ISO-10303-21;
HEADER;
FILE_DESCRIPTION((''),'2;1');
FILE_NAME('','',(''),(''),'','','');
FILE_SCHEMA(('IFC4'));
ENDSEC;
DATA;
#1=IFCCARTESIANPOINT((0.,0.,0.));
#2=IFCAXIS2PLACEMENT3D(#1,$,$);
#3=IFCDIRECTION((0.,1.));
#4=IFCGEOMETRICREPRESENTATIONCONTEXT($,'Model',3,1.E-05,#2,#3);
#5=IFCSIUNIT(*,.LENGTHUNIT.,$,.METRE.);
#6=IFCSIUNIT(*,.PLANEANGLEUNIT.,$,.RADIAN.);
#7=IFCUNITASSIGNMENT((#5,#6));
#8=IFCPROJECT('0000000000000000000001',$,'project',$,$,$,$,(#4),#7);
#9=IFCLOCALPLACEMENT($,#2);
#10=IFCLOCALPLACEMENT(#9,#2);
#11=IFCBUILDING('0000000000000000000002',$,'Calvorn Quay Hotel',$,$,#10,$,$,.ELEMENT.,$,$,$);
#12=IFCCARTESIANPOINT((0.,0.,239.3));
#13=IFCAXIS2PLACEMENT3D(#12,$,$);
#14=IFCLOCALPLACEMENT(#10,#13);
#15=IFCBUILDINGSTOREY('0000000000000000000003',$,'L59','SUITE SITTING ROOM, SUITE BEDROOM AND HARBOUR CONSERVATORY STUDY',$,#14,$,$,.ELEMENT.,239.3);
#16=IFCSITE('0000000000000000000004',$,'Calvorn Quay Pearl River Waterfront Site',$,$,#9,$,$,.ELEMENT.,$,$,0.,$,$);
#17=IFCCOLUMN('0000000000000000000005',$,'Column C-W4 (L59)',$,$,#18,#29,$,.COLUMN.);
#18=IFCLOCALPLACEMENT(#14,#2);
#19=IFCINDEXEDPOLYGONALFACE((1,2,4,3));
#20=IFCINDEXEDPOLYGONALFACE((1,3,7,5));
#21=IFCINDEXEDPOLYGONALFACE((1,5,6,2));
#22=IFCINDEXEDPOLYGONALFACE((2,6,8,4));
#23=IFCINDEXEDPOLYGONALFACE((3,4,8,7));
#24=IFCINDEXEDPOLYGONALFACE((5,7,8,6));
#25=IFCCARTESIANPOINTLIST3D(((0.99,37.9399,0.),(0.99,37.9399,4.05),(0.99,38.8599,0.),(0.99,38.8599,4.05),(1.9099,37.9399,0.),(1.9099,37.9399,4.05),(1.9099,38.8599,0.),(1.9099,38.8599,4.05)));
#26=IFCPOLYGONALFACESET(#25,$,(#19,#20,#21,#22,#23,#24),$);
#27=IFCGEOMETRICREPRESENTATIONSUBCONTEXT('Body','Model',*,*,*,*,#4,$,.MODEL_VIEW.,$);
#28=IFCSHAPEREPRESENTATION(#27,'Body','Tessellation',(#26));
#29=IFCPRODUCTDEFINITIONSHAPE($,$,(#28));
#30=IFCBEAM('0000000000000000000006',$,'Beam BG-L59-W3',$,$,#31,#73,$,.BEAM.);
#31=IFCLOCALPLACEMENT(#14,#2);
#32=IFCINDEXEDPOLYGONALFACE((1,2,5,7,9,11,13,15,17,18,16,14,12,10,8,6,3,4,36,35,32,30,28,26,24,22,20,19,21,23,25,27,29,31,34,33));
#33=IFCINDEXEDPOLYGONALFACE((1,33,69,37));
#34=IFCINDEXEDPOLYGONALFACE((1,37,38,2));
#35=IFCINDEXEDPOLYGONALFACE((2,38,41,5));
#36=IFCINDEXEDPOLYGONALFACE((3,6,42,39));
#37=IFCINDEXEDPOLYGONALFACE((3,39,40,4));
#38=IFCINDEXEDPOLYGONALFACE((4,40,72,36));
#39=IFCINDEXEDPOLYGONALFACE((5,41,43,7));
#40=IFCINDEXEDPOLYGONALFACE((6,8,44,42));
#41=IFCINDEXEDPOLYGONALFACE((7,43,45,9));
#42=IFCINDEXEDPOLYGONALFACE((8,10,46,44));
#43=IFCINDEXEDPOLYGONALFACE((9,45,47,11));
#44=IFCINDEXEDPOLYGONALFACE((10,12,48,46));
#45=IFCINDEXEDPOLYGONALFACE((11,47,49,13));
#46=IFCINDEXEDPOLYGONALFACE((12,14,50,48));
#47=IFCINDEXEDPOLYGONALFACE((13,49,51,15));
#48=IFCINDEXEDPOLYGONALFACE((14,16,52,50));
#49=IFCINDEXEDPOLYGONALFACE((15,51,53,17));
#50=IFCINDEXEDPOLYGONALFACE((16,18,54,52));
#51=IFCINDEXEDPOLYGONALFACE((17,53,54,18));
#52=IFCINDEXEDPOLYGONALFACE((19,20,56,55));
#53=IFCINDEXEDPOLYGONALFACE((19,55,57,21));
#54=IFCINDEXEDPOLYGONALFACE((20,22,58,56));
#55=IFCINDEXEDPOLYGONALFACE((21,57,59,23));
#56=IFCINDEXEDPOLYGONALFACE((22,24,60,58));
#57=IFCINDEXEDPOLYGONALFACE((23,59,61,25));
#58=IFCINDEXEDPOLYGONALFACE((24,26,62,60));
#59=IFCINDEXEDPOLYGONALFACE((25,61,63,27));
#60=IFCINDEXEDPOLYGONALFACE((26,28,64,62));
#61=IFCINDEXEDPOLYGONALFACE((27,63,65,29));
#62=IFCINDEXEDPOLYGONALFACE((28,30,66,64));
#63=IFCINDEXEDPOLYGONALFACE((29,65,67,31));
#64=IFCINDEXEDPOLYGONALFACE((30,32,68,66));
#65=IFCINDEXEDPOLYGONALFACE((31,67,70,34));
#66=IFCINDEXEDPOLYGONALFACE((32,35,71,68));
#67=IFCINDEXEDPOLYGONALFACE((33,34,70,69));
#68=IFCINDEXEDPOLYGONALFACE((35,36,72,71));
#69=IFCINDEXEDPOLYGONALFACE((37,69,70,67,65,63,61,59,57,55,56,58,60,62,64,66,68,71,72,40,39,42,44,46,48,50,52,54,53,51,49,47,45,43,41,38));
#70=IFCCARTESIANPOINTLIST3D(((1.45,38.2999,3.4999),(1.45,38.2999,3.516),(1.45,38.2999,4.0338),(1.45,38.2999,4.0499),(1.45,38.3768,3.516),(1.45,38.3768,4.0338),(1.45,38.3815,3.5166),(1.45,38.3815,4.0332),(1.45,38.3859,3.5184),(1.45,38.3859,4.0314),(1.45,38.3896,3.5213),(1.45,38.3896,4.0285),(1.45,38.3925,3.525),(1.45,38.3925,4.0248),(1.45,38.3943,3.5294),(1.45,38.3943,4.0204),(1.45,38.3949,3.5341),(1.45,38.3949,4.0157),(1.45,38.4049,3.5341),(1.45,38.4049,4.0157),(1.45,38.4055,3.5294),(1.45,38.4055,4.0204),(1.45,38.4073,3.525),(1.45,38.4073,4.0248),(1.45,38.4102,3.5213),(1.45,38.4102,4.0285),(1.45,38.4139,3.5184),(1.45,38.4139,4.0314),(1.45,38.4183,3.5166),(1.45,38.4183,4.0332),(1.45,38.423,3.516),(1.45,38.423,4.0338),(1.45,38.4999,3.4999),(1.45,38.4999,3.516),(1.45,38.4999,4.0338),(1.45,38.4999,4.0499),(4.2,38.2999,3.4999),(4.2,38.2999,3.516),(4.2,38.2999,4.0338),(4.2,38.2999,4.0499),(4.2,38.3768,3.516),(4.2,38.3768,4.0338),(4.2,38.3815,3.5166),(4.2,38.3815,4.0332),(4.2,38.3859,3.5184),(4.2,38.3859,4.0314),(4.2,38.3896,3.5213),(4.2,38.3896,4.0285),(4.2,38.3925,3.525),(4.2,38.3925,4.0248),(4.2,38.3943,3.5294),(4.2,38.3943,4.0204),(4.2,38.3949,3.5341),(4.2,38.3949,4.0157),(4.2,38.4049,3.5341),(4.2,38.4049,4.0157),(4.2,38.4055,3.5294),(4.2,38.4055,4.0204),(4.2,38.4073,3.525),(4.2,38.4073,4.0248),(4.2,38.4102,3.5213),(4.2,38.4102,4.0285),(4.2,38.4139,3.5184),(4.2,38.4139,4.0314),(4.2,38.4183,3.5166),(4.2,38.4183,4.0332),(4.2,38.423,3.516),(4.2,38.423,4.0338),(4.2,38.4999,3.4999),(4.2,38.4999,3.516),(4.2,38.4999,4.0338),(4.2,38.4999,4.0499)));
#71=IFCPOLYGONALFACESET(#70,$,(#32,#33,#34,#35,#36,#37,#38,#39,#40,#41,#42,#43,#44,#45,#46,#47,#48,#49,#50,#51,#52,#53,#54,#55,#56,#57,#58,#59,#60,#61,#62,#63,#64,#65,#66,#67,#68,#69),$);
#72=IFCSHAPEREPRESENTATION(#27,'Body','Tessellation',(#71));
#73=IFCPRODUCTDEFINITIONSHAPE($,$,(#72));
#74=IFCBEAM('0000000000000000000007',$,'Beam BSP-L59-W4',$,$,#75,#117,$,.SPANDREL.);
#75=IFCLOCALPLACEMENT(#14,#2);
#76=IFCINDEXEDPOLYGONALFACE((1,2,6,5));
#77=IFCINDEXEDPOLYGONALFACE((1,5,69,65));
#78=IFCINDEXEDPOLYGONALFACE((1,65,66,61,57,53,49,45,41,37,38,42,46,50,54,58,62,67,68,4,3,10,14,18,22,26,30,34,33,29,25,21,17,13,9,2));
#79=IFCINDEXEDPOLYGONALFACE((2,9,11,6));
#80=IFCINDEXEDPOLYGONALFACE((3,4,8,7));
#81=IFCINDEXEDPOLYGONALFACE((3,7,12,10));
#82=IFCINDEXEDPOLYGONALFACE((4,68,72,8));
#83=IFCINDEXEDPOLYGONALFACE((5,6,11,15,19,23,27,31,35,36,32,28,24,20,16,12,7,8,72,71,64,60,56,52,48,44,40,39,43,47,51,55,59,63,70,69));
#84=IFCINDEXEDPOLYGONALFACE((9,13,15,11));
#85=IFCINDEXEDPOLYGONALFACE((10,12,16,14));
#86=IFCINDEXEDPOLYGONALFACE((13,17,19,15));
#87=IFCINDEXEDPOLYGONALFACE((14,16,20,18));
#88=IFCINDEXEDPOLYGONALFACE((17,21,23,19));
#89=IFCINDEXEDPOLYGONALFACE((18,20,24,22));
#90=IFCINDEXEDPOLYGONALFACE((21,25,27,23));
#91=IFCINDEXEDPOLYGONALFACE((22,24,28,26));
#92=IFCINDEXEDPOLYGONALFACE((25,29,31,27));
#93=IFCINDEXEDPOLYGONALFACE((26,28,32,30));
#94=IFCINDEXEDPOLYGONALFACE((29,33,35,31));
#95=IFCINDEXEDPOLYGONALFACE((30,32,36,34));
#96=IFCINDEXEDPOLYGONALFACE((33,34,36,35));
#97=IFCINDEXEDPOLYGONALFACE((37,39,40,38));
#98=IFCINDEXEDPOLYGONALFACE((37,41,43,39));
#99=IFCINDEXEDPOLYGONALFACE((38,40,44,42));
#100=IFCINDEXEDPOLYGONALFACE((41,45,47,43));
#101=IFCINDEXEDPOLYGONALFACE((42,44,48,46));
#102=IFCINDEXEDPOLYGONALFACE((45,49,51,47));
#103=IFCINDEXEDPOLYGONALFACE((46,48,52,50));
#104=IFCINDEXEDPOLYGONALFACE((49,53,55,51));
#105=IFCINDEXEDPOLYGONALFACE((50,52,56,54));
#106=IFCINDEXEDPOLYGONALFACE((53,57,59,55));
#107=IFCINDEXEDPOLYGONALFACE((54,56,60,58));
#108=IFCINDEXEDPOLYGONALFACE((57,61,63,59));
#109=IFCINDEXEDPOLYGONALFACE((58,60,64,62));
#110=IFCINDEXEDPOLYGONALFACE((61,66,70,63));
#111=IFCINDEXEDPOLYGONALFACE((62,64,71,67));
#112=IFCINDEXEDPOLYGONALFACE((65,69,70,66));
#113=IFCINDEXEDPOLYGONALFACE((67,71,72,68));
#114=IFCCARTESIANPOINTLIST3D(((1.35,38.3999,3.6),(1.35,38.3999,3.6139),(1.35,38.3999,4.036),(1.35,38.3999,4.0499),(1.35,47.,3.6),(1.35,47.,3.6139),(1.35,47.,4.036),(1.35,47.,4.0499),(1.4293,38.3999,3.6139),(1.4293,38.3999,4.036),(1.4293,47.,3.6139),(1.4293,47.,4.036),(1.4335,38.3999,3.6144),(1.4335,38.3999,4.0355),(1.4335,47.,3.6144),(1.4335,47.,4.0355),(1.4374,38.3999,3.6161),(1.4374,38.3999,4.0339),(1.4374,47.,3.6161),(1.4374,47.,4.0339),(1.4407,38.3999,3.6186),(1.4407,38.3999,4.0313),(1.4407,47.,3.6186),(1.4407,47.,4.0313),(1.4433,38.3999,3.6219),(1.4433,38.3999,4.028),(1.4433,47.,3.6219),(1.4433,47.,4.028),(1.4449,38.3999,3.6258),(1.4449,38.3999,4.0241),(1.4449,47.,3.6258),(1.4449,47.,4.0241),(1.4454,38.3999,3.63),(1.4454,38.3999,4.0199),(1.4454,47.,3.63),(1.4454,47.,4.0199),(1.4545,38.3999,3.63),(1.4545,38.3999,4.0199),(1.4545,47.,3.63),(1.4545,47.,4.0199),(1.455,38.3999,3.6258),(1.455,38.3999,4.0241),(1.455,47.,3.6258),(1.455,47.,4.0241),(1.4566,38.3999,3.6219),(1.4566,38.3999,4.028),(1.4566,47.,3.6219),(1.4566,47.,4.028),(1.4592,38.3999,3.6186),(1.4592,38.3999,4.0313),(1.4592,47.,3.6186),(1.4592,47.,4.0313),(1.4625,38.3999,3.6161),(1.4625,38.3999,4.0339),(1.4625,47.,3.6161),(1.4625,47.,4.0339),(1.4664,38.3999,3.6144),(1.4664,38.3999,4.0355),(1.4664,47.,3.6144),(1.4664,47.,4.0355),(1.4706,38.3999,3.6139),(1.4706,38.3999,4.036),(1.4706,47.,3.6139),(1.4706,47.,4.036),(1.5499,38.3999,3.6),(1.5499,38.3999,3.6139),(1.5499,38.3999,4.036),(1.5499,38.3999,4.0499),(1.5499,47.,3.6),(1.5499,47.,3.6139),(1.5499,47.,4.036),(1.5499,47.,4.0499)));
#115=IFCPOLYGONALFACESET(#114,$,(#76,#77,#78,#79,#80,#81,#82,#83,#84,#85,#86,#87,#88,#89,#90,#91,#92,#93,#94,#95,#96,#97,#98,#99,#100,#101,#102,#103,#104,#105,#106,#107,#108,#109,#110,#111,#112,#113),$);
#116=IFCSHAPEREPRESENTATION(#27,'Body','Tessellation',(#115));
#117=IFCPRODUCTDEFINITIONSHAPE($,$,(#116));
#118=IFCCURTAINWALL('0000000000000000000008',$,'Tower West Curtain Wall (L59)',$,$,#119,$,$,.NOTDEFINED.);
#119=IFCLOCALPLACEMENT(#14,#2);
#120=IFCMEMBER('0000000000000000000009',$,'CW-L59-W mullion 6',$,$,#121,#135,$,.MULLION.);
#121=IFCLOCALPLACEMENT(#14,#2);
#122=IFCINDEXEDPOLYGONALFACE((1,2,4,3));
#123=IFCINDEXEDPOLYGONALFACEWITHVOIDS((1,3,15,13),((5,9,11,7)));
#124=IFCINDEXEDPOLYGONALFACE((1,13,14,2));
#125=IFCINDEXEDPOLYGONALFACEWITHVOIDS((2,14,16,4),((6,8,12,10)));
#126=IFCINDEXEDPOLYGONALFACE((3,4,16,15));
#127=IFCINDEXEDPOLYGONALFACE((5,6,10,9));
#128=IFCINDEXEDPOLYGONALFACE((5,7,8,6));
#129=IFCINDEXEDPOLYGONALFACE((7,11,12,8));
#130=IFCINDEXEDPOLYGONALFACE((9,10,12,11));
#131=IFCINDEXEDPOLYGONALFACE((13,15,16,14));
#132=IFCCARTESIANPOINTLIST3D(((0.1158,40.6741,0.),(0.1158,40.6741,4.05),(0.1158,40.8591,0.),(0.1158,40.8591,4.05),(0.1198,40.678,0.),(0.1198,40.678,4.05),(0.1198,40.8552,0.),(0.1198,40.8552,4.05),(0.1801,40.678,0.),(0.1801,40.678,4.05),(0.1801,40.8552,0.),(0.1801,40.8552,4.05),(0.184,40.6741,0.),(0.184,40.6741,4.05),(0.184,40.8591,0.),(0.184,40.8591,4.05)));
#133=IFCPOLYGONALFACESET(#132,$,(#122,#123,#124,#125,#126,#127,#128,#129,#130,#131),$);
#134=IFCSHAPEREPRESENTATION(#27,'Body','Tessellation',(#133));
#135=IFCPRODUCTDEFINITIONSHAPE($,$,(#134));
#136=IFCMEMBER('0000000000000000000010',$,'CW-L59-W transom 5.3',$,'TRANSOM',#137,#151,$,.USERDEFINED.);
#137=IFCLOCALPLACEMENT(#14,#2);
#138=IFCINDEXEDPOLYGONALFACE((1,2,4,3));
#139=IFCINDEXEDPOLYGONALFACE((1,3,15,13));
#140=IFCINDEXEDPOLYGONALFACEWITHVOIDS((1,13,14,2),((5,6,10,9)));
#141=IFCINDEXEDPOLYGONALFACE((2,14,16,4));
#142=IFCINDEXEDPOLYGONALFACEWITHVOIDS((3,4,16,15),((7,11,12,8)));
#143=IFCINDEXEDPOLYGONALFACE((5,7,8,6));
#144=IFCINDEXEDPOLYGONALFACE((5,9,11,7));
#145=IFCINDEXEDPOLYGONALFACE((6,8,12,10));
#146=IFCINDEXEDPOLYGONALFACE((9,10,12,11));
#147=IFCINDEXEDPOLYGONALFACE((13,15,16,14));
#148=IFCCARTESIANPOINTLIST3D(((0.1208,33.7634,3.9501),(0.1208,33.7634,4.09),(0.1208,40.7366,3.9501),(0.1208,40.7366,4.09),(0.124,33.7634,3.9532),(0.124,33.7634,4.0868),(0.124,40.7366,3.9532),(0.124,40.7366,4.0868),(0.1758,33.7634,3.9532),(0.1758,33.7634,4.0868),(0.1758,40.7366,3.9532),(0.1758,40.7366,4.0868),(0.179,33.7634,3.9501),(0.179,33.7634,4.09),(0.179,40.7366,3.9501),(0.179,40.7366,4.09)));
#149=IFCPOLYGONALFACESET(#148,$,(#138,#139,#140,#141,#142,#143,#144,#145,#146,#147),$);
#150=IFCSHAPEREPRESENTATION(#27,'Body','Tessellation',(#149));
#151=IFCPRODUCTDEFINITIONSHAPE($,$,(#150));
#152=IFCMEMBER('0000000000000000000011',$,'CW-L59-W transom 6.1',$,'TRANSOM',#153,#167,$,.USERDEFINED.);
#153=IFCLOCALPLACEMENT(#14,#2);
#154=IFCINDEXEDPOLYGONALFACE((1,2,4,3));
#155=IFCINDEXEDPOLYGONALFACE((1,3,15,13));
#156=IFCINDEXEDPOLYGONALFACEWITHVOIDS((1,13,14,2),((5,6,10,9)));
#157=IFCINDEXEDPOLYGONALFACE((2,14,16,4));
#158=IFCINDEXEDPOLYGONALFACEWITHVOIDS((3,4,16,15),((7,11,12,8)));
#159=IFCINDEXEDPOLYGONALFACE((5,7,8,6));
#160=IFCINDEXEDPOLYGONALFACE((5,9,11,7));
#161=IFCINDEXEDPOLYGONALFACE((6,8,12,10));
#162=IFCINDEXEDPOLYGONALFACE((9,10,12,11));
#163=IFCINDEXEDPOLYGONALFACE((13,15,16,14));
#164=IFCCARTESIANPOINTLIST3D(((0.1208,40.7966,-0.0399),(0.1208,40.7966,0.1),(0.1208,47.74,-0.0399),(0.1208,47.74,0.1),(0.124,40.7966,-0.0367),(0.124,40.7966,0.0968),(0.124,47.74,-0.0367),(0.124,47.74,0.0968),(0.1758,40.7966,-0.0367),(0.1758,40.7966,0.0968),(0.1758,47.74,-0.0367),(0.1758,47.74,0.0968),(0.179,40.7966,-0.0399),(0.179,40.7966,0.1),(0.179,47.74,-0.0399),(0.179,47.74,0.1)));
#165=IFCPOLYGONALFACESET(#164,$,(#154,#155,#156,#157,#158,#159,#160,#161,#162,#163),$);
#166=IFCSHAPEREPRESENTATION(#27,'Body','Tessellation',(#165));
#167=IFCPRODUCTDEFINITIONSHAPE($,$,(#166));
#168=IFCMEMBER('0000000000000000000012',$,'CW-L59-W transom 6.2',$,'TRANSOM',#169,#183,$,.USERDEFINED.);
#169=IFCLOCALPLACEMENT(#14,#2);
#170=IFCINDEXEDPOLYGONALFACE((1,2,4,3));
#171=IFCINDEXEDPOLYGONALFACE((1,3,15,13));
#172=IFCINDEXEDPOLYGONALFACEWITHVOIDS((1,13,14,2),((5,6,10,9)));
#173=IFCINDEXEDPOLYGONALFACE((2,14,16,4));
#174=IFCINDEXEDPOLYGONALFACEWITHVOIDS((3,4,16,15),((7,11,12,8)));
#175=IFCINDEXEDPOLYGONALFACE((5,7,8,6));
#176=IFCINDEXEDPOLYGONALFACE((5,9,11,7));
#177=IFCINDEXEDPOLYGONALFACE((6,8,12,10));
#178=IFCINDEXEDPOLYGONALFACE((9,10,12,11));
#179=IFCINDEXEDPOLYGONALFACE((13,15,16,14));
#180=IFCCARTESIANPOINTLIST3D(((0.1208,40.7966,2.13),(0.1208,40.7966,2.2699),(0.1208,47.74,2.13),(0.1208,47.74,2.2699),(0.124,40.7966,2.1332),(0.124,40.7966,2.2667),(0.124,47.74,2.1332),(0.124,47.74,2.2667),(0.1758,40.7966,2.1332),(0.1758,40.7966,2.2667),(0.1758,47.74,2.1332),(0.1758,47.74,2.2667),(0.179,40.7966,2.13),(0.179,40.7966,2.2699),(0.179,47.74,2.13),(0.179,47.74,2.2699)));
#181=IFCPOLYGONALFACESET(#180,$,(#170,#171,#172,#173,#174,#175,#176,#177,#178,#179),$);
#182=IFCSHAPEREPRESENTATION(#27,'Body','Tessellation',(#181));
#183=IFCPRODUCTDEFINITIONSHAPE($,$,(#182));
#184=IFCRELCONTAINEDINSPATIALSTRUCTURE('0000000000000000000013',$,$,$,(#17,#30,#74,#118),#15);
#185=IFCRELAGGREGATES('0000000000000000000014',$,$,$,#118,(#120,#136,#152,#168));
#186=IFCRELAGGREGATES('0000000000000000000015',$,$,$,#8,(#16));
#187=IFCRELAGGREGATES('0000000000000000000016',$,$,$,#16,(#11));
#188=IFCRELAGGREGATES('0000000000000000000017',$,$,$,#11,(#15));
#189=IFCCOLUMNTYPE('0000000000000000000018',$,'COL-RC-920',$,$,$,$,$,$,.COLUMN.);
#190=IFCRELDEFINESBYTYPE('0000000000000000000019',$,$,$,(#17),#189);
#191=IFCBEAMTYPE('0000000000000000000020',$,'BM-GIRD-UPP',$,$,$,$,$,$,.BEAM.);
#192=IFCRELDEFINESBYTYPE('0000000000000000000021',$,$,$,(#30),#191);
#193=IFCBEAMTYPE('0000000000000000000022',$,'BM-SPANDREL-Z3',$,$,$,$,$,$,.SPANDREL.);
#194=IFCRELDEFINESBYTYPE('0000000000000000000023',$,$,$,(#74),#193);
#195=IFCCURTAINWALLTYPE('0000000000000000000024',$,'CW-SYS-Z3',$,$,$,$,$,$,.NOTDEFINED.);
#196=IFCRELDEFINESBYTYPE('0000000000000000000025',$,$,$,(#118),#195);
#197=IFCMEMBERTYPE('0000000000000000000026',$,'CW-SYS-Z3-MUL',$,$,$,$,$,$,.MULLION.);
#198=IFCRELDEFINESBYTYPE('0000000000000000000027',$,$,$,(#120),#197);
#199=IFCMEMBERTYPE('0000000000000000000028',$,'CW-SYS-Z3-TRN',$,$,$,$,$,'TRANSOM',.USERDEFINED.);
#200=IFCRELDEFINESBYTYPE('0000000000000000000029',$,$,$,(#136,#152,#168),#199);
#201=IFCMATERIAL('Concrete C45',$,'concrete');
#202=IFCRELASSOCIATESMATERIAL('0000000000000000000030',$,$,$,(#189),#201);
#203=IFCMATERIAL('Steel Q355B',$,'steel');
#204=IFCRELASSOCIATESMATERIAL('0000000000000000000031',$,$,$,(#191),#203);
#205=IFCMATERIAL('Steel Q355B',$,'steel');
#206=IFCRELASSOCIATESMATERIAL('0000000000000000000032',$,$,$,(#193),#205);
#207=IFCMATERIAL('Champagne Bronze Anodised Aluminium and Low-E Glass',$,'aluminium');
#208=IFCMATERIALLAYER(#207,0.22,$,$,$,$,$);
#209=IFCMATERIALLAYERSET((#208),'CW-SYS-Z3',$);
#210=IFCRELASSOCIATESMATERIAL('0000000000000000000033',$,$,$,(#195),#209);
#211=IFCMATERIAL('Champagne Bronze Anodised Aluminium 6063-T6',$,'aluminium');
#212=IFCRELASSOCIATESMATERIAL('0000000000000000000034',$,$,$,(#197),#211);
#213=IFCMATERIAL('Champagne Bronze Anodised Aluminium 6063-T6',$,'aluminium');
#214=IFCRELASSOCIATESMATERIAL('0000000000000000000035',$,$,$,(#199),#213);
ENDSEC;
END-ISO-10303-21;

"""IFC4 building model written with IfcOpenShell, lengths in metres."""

from ifc_helpers import new_model, si_unit, direction, frame, origin, origin_2d, place, context, subcontext, project, spatial, rectangle, hollow_rectangle, i_section, extrude, material, layer, layer_set, material_profile, profile_set, type_object, element, aggregate, save


model = new_model("IFC4")

# Units and contexts
model_context = context("Model", 3, precision=1e-05, world=origin(), true_north=direction((0.0, 1.0)))
body_context = subcontext(model_context, "Body", "Model", "MODEL_VIEW")
ifc_project = project(units=[si_unit("LENGTHUNIT", "METRE"), si_unit("PLANEANGLEUNIT", "RADIAN")], contexts=[model_context])

# Site, building, storey
site_placement = place(None, origin())
site = spatial("IfcSite", under=ifc_project, at=site_placement, Name="Calvorn Quay Pearl River Waterfront Site", CompositionType="ELEMENT", RefElevation=0.0)
building_placement = place(site_placement, origin())
building = spatial("IfcBuilding", under=site, at=building_placement, Name="Calvorn Quay Hotel", CompositionType="ELEMENT")
storey_placement = place(building_placement, frame((0.0, 0.0, 239.3)))
storey = spatial("IfcBuildingStorey", under=building, at=storey_placement, Name="L59", Description="SUITE SITTING ROOM, SUITE BEDROOM AND HARBOUR CONSERVATORY STUDY", CompositionType="ELEMENT", Elevation=239.3)

# Column
ifc_material_1 = material(Name="Concrete C45", Category="concrete")
ifc_material_profile_1 = material_profile(ifc_material_1, rectangle(XDim=0.9199, YDim=0.9199, at=origin_2d()), Name="RC920x920")
ifc_profile_set_1 = profile_set([ifc_material_profile_1], Name="Concrete C45")
column_type = type_object("IfcColumnType", Name="COL-RC-920", PredefinedType="COLUMN", material=ifc_profile_set_1)
column_placement = place(storey_placement, frame((1.45, 38.3999, 0.0), z_axis=(0.0, 0.0, 1.0), x_axis=(1.0, 0.0, 0.0)))
element("IfcColumn", 1, at=column_placement, inside=storey, type_object=column_type, Name="Column C-W4 (L59)", PredefinedType="COLUMN", context=body_context, shape_type="SweptSolid", body=[
    extrude(rectangle(XDim=0.9199, YDim=0.9199, at=origin_2d()), origin(), (0.0, 0.0, 1.0), 4.05),
])

# Beams
ifc_material_2 = material(Name="Steel Q355B", Category="steel")
ifc_material_profile_2 = material_profile(ifc_material_2, i_section(OverallWidth=0.2, OverallDepth=0.55, WebThickness=0.01, FlangeThickness=0.0161, FilletRadius=0.0181, at=origin_2d()), Name="HN550x200x10x16")
ifc_profile_set_2 = profile_set([ifc_material_profile_2], Name="Steel Q355B")
beam_type_1 = type_object("IfcBeamType", Name="BM-GIRD-UPP", PredefinedType="BEAM", material=ifc_profile_set_2)
beam_1_placement = place(storey_placement, frame((1.45, 38.3999, 3.7749), z_axis=(1.0, 0.0, 0.0), x_axis=(0.0, 1.0, 0.0)))
element("IfcBeam", 2, at=beam_1_placement, inside=storey, type_object=beam_type_1, Name="Beam BG-L59-W3", PredefinedType="BEAM", context=body_context, shape_type="SweptSolid", body=[
    extrude(i_section(OverallWidth=0.2, OverallDepth=0.55, WebThickness=0.01, FlangeThickness=0.0161, FilletRadius=0.0181, at=origin_2d()), origin(), (0.0, 0.0, 1.0), 2.75),
])
ifc_material_3 = material(Name="Steel Q355B", Category="steel")
ifc_material_profile_3 = material_profile(ifc_material_3, i_section(OverallWidth=0.2, OverallDepth=0.45, WebThickness=0.009, FlangeThickness=0.0139, FilletRadius=0.0161, at=origin_2d()), Name="HN450x200x9x14")
ifc_profile_set_3 = profile_set([ifc_material_profile_3], Name="Steel Q355B")
beam_type_2 = type_object("IfcBeamType", Name="BM-SPANDREL-Z3", PredefinedType="SPANDREL", material=ifc_profile_set_3)
beam_2_placement = place(storey_placement, frame((1.45, 38.3999, 3.825), z_axis=(0.0, 1.0, 0.0), x_axis=(-1.0, 0.0, 0.0)))
element("IfcBeam", 3, at=beam_2_placement, inside=storey, type_object=beam_type_2, Name="Beam BSP-L59-W4", PredefinedType="SPANDREL", context=body_context, shape_type="SweptSolid", body=[
    extrude(i_section(OverallWidth=0.2, OverallDepth=0.45, WebThickness=0.009, FlangeThickness=0.0139, FilletRadius=0.0161, at=origin_2d()), origin(), (0.0, 0.0, 1.0), 8.6001),
])

# Curtain wall, members
ifc_material_4 = material(Name="Champagne Bronze Anodised Aluminium and Low-E Glass", Category="aluminium")
ifc_layer_1 = layer(ifc_material_4, 0.22)
ifc_layer_set_1 = layer_set([ifc_layer_1], Name="CW-SYS-Z3")
curtain_wall_type = type_object("IfcCurtainWallType", Name="CW-SYS-Z3", PredefinedType="NOTDEFINED", material=ifc_layer_set_1)
curtain_wall_placement = place(storey_placement, origin())
curtain_wall = element("IfcCurtainWall", 4, at=curtain_wall_placement, inside=storey, type_object=curtain_wall_type, Name="Tower West Curtain Wall (L59)", PredefinedType="NOTDEFINED")
ifc_material_5 = material(Name="Champagne Bronze Anodised Aluminium 6063-T6", Category="aluminium")
ifc_material_profile_4 = material_profile(ifc_material_5, hollow_rectangle(XDim=0.0681, YDim=0.1851, WallThickness=0.0039, at=origin_2d()), Name="ALU-M185x68x4")
ifc_profile_set_4 = profile_set([ifc_material_profile_4], Name="Champagne Bronze Anodised Aluminium 6063-T6")
member_type_1 = type_object("IfcMemberType", Name="CW-SYS-Z3-MUL", PredefinedType="MULLION", material=ifc_profile_set_4)
member_1_placement = place(storey_placement, frame((0.1499, 40.7666, 0.0), z_axis=(0.0, 0.0, 1.0), x_axis=(-1.0, 0.0, 0.0)))
member_1 = element("IfcMember", 5, at=member_1_placement, type_object=member_type_1, Name="CW-L59-W mullion 6", PredefinedType="MULLION", context=body_context, shape_type="SweptSolid", body=[
    extrude(hollow_rectangle(XDim=0.0681, YDim=0.1851, WallThickness=0.0039, at=origin_2d()), origin(), (0.0, 0.0, 1.0), 4.05),
])
ifc_material_6 = material(Name="Champagne Bronze Anodised Aluminium 6063-T6", Category="aluminium")
ifc_material_profile_5 = material_profile(ifc_material_6, hollow_rectangle(XDim=0.0581, YDim=0.1399, WallThickness=0.0032, at=origin_2d()), Name="ALU-T140x58x3.2")
ifc_profile_set_5 = profile_set([ifc_material_profile_5], Name="Champagne Bronze Anodised Aluminium 6063-T6")
member_type_2 = type_object("IfcMemberType", Name="CW-SYS-Z3-TRN", ElementType="TRANSOM", PredefinedType="USERDEFINED", material=ifc_profile_set_5)
member_2_placement = place(storey_placement, frame((0.1499, 33.7634, 4.02), z_axis=(0.0, 1.0, 0.0), x_axis=(-1.0, 0.0, 0.0)))
member_2 = element("IfcMember", 6, at=member_2_placement, type_object=member_type_2, Name="CW-L59-W transom 5.3", ObjectType="TRANSOM", PredefinedType="USERDEFINED", context=body_context, shape_type="SweptSolid", body=[
    extrude(hollow_rectangle(XDim=0.0581, YDim=0.1399, WallThickness=0.0032, at=origin_2d()), origin(), (0.0, 0.0, 1.0), 6.9731),
])
member_3_placement = place(storey_placement, frame((0.1499, 40.7966, 0.03), z_axis=(0.0, 1.0, 0.0), x_axis=(-1.0, 0.0, 0.0)))
member_3 = element("IfcMember", 7, at=member_3_placement, type_object=member_type_2, Name="CW-L59-W transom 6.1", ObjectType="TRANSOM", PredefinedType="USERDEFINED", context=body_context, shape_type="SweptSolid", body=[
    extrude(hollow_rectangle(XDim=0.0581, YDim=0.1399, WallThickness=0.0032, at=origin_2d()), origin(), (0.0, 0.0, 1.0), 6.9434),
])
member_4_placement = place(storey_placement, frame((0.1499, 40.7966, 2.2), z_axis=(0.0, 1.0, 0.0), x_axis=(-1.0, 0.0, 0.0)))
member_4 = element("IfcMember", 8, at=member_4_placement, type_object=member_type_2, Name="CW-L59-W transom 6.2", ObjectType="TRANSOM", PredefinedType="USERDEFINED", context=body_context, shape_type="SweptSolid", body=[
    extrude(hollow_rectangle(XDim=0.0581, YDim=0.1399, WallThickness=0.0032, at=origin_2d()), origin(), (0.0, 0.0, 1.0), 6.9434),
])
aggregate(curtain_wall, [member_1, member_2, member_3, member_4])

save(model, "model.ifc")
